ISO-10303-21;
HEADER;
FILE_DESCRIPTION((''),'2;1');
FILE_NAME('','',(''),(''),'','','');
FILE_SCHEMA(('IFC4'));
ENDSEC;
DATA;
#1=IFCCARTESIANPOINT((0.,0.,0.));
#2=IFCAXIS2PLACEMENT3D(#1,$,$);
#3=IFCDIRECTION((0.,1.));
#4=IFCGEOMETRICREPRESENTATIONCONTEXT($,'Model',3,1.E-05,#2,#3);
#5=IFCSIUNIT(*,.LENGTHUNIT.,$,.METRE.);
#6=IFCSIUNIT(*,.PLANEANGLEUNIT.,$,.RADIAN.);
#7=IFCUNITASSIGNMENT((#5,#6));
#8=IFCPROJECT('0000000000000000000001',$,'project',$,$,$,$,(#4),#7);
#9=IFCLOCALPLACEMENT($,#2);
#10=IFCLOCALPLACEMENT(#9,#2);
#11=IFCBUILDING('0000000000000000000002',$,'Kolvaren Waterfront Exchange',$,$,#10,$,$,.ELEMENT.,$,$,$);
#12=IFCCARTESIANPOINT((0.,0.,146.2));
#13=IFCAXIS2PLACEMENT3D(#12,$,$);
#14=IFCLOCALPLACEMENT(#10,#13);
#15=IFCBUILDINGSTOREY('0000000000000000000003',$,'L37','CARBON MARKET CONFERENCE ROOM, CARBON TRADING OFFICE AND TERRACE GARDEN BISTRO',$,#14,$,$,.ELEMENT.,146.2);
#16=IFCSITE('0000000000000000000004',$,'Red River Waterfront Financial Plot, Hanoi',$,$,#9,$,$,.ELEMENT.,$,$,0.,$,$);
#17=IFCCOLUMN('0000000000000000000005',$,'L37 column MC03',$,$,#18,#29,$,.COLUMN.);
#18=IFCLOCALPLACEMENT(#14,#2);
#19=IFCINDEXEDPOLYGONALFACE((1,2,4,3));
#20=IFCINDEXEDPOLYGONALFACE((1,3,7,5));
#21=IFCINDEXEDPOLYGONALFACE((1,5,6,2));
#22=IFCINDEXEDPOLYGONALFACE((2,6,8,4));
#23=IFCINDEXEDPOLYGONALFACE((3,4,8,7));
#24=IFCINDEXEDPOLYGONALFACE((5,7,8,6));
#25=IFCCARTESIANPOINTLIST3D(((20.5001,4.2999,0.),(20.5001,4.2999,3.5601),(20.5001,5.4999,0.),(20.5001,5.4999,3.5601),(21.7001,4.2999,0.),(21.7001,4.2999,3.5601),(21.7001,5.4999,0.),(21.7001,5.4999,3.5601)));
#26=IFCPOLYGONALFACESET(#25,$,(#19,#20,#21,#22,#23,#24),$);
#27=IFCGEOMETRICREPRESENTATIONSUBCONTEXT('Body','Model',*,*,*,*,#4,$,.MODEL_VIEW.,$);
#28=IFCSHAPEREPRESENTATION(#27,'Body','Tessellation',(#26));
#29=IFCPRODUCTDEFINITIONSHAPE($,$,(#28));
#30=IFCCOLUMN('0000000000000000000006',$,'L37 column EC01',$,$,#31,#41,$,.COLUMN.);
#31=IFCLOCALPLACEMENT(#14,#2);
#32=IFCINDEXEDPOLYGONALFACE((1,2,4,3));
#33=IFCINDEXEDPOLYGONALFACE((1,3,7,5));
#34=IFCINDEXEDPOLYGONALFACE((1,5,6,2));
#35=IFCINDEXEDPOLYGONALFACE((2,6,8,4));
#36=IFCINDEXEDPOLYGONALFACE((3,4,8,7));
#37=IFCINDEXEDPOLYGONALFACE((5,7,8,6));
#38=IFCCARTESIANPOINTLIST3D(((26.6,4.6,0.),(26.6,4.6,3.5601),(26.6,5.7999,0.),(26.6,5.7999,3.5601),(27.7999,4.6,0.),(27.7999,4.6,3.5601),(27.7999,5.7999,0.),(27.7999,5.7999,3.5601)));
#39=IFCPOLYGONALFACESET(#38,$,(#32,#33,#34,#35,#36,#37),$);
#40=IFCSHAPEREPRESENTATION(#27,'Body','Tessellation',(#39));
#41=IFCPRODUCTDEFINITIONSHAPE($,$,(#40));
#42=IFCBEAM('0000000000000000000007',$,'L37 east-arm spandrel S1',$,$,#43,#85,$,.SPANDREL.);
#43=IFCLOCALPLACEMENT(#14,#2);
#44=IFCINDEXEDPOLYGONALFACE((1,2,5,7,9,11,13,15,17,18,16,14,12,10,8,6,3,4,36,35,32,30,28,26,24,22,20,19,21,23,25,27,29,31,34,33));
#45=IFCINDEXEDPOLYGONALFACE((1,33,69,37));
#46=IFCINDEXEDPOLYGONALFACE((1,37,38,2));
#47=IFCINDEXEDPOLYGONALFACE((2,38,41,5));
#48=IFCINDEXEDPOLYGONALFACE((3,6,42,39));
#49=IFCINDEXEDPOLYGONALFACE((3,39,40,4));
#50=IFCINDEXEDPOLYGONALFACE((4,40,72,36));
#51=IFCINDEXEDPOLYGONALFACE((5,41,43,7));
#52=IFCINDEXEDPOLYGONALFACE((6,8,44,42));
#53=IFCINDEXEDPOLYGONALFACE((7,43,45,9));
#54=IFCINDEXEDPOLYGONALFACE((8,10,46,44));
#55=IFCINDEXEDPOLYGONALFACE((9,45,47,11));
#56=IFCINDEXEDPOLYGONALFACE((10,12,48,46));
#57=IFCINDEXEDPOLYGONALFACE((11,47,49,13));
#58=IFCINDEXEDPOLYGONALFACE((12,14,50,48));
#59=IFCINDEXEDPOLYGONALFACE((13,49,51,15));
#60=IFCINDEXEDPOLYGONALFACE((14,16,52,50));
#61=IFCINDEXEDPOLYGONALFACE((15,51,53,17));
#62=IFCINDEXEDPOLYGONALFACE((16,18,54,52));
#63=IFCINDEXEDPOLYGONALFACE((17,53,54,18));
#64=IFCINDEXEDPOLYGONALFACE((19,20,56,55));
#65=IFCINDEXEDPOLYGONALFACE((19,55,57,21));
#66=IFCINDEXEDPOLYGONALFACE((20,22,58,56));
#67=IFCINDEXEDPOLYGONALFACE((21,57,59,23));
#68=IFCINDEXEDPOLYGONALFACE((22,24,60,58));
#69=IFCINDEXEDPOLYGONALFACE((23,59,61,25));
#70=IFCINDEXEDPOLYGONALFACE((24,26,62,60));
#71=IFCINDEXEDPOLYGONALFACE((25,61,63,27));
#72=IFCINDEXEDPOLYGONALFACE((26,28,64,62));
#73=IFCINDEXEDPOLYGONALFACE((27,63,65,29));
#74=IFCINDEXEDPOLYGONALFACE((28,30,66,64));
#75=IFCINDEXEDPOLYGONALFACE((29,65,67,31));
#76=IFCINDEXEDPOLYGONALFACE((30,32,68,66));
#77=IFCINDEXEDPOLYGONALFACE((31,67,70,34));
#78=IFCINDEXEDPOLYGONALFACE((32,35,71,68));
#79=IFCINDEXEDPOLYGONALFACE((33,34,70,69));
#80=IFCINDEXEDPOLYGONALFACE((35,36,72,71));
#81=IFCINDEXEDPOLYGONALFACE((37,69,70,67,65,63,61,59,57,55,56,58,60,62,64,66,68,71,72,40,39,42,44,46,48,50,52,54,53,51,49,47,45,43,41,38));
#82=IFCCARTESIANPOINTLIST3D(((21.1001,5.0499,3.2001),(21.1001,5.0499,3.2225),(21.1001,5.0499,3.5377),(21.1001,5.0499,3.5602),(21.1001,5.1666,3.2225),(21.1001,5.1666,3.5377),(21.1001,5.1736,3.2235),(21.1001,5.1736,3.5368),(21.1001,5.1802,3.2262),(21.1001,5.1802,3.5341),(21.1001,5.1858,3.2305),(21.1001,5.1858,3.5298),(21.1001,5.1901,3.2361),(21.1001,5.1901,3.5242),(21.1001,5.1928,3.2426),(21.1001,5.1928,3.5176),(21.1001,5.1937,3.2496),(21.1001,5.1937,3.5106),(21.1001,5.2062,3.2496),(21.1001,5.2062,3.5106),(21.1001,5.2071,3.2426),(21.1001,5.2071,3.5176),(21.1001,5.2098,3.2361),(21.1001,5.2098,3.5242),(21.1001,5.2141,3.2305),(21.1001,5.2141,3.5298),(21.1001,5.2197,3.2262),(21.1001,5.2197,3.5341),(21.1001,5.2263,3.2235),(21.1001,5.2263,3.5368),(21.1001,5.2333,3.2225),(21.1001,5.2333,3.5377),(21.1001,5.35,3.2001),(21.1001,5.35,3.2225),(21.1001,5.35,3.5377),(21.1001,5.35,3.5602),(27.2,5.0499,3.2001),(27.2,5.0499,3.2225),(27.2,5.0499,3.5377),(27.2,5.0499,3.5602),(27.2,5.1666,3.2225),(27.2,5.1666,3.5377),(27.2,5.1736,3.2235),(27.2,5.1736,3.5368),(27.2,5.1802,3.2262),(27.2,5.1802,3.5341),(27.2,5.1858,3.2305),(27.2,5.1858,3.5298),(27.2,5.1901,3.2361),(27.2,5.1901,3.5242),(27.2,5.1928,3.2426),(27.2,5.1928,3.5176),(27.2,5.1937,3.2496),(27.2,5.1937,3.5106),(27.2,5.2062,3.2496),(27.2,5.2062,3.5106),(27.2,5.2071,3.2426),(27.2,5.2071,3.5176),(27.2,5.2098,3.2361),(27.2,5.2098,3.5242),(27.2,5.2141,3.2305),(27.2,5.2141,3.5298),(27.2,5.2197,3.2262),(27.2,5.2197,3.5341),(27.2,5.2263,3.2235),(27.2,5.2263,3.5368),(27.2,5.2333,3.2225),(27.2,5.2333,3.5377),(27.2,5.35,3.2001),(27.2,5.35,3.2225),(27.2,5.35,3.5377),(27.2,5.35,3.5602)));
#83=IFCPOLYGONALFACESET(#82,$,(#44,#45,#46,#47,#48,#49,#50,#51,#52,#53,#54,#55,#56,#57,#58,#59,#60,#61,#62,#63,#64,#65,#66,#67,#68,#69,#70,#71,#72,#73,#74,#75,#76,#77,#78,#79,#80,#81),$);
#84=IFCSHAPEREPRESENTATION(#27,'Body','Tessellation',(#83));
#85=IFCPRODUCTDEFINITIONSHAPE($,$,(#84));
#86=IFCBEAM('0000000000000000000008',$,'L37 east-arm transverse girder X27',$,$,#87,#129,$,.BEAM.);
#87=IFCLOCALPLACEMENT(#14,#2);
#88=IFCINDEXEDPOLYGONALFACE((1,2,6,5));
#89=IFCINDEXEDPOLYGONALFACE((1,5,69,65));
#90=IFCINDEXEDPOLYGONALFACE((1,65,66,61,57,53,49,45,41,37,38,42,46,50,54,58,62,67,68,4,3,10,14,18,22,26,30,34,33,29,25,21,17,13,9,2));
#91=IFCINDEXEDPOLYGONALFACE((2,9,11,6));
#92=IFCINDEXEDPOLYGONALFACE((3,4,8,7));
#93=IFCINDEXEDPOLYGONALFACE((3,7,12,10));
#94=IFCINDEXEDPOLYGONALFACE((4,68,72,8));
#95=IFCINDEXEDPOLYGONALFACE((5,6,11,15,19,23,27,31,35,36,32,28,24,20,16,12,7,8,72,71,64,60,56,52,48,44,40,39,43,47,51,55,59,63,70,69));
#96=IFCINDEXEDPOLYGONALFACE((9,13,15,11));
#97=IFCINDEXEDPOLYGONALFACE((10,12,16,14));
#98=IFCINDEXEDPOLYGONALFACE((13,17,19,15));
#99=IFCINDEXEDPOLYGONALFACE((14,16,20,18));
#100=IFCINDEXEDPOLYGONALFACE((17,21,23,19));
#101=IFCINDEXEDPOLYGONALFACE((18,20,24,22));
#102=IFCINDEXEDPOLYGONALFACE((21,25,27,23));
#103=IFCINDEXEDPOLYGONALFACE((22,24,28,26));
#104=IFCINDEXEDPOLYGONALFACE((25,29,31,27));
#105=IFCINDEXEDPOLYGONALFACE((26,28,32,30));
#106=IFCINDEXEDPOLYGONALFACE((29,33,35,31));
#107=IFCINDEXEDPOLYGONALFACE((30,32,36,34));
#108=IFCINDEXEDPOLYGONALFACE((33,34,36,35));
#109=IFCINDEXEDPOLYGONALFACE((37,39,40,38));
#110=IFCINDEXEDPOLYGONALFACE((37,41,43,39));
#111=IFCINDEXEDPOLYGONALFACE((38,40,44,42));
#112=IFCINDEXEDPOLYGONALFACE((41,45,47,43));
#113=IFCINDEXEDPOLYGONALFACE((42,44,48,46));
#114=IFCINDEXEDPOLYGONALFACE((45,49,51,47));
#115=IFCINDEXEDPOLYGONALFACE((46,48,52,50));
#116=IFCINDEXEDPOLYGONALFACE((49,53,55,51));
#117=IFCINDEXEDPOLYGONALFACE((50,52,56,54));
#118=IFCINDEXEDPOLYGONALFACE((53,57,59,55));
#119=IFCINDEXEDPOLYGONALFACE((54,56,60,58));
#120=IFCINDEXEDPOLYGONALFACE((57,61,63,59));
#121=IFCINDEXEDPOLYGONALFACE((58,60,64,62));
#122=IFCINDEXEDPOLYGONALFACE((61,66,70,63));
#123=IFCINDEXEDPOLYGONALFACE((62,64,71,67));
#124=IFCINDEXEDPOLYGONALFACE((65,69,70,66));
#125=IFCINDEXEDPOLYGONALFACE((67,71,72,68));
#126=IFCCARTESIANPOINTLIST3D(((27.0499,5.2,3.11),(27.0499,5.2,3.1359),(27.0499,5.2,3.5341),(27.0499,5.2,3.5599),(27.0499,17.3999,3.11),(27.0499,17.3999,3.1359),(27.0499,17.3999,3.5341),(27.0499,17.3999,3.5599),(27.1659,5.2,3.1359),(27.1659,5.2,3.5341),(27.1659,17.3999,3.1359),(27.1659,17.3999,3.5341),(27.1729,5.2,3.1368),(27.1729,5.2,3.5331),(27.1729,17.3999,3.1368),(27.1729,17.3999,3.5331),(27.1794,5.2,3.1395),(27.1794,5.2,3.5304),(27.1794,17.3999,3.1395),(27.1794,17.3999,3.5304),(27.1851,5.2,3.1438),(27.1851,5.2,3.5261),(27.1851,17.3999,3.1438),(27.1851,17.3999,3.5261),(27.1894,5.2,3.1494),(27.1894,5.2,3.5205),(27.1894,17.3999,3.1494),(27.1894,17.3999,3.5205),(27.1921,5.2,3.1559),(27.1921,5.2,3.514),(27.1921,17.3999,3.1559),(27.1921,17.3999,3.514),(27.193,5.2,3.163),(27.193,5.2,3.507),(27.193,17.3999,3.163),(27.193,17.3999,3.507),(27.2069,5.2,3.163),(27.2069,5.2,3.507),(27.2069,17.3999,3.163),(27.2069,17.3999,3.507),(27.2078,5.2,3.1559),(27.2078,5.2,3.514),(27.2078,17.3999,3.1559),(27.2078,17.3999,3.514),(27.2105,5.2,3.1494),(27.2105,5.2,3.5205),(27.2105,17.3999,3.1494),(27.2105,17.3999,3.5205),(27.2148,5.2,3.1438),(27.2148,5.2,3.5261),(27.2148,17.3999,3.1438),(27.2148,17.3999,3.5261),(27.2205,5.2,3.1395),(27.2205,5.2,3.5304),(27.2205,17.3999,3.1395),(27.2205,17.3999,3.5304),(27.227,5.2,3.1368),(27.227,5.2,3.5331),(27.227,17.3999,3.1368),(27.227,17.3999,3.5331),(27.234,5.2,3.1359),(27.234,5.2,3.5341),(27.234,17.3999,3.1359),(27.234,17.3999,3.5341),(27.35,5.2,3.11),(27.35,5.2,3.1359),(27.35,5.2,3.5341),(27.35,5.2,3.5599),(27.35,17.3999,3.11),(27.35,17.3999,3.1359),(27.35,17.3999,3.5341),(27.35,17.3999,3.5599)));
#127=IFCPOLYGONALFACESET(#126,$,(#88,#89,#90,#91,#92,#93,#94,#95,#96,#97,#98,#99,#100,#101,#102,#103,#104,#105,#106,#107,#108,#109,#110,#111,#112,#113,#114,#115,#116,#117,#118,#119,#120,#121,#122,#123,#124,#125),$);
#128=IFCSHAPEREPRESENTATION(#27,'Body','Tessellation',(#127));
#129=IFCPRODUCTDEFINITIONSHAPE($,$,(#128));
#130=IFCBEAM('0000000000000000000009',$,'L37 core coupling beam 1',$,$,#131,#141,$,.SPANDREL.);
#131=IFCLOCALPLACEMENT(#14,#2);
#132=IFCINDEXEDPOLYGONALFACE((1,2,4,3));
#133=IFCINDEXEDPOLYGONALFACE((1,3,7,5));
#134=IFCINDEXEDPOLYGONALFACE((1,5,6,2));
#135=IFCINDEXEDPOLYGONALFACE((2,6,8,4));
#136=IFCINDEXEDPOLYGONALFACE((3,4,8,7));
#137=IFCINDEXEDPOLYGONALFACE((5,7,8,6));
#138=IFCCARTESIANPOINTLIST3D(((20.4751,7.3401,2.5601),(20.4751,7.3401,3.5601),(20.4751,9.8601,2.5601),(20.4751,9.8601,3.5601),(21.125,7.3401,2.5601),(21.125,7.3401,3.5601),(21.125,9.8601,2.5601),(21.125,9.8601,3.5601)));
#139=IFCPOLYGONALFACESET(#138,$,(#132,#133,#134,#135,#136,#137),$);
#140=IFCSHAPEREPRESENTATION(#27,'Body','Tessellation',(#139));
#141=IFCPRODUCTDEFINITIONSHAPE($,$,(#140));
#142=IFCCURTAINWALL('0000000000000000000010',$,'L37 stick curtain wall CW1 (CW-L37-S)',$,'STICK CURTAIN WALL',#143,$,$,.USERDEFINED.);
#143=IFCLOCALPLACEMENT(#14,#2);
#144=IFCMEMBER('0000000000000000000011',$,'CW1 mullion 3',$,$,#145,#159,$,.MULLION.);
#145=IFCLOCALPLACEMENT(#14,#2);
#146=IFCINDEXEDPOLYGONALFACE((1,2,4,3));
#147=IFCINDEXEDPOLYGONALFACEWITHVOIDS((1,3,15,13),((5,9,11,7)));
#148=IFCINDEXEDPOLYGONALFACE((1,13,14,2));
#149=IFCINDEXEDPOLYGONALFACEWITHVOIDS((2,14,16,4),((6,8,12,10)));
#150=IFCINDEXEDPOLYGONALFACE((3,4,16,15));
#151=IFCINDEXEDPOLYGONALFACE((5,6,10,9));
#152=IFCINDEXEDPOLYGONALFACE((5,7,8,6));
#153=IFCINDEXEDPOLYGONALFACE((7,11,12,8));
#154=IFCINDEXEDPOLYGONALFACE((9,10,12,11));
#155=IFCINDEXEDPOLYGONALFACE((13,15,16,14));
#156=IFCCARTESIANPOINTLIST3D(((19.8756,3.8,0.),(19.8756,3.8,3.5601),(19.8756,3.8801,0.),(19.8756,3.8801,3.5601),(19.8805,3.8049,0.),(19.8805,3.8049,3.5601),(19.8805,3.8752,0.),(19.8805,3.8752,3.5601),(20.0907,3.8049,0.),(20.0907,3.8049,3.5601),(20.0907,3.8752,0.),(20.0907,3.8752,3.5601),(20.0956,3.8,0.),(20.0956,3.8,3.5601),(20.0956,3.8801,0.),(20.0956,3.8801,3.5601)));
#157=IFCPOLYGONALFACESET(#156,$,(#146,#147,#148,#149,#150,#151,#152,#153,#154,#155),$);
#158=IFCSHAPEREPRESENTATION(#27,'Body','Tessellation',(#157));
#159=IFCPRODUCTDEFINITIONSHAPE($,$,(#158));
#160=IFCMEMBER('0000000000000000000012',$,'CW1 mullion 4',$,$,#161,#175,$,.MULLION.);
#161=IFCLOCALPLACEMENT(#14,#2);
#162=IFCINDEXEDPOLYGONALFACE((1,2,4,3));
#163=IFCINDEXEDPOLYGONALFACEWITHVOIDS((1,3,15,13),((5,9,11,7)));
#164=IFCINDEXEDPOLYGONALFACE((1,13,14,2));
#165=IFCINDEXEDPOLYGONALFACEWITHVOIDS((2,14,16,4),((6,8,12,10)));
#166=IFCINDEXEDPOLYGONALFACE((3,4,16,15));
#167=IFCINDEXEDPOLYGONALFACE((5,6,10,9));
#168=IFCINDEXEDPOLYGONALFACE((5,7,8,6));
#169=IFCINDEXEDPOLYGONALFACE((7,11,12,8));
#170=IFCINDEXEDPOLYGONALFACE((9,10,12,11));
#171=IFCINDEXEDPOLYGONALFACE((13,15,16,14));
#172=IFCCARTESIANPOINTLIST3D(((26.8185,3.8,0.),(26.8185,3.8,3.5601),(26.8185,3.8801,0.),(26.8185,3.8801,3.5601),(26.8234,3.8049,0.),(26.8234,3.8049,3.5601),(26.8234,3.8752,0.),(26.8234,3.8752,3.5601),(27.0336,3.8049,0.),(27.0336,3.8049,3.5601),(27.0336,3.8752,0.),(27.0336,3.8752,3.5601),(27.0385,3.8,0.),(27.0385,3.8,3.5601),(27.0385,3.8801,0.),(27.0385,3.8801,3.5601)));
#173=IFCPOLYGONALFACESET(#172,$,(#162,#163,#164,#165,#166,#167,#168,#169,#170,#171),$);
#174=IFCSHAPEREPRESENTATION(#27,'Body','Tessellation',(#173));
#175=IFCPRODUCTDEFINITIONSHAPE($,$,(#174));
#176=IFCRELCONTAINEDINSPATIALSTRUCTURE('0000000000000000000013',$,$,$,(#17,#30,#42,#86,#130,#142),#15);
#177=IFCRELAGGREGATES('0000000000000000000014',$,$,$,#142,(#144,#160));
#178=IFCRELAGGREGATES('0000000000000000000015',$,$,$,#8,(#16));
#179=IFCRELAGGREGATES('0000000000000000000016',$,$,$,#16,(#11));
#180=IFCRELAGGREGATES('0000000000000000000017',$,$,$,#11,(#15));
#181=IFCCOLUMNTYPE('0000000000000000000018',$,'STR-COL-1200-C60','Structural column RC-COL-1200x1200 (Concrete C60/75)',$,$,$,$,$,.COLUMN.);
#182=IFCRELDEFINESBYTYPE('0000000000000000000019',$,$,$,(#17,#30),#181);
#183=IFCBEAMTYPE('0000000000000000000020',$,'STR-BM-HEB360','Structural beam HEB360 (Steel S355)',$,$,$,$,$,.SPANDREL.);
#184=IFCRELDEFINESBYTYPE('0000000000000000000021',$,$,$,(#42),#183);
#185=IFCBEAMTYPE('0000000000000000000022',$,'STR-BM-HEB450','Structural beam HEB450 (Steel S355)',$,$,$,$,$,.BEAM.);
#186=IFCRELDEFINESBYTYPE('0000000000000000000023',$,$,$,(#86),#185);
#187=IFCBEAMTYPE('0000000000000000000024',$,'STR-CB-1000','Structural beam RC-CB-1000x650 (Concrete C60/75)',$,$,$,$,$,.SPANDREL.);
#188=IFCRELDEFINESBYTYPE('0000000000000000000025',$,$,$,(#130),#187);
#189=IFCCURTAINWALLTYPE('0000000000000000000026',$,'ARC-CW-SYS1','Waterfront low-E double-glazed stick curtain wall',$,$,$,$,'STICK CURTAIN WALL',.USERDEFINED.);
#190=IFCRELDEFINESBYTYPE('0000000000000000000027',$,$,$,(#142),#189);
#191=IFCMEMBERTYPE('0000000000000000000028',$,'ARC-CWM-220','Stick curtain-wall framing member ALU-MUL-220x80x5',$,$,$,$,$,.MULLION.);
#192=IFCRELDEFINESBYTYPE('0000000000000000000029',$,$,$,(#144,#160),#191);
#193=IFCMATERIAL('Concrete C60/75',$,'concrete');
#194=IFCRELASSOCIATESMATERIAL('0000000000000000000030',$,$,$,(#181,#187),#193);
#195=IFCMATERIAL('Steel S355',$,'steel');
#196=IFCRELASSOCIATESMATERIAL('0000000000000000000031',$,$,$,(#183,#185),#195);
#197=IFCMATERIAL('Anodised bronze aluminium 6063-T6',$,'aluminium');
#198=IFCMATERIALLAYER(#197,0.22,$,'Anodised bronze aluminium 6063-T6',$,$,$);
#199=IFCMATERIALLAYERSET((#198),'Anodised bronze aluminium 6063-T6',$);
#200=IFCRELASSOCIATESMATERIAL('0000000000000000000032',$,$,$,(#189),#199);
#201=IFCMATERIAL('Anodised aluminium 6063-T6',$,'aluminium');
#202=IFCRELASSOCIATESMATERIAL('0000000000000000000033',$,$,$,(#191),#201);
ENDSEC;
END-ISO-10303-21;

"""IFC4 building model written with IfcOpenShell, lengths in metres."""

from ifc_helpers import new_model, si_unit, direction, frame, origin, origin_with_axes, origin_2d, place, context, subcontext, project, spatial, rectangle, hollow_rectangle, i_section, extrude, source, transform, mapped, material, layer, layer_set, material_profile, profile_set, type_object, element, aggregate, save


model = new_model("IFC4")

# Units and contexts
model_context = context("Model", 3, precision=1e-05, world=origin(), true_north=direction((0.0, 1.0)))
body_context = subcontext(model_context, "Body", "Model", "MODEL_VIEW")
ifc_project = project(units=[si_unit("LENGTHUNIT", "METRE"), si_unit("PLANEANGLEUNIT", "RADIAN")], contexts=[model_context])

# Site, building, storey
site_placement = place(None, origin())
site = spatial("IfcSite", under=ifc_project, at=site_placement, Name="Red River Waterfront Financial Plot, Hanoi", CompositionType="ELEMENT", RefElevation=0.0)
building_placement = place(site_placement, origin())
building = spatial("IfcBuilding", under=site, at=building_placement, Name="Kolvaren Waterfront Exchange", CompositionType="ELEMENT")
storey_placement = place(building_placement, frame((0.0, 0.0, 146.2)))
storey = spatial("IfcBuildingStorey", under=building, at=storey_placement, Name="L37", Description="CARBON MARKET CONFERENCE ROOM, CARBON TRADING OFFICE AND TERRACE GARDEN BISTRO", CompositionType="ELEMENT", Elevation=146.2)

# Columns
ifc_material_1 = material(Name="Concrete C60/75", Category="concrete")
ifc_material_profile_1 = material_profile(ifc_material_1, rectangle(XDim=1.2, YDim=1.2, at=origin_2d()), Name="RC-COL-1200x1200")
ifc_profile_set_1 = profile_set([ifc_material_profile_1], Name="Concrete C60/75")
column_type = type_object("IfcColumnType", Name="STR-COL-1200-C60", Description="Structural column RC-COL-1200x1200 (Concrete C60/75)", PredefinedType="COLUMN", material=ifc_profile_set_1)
for number, where, z_axis, x_axis, name in (
    (1, (21.1001, 4.8999, 0.0), (0.0, 0.0, 1.0), (1.0, 0.0, 0.0), "L37 column MC03"),
    (2, (27.2, 5.2, 0.0), (0.0, 0.0, 1.0), (1.0, 0.0, 0.0), "L37 column EC01"),
):
    element("IfcColumn", number, at=place(storey_placement, frame(where, z_axis=z_axis, x_axis=x_axis)), inside=storey, type_object=column_type, Name=name, PredefinedType="COLUMN", context=body_context, shape_type="SweptSolid", body=[
        extrude(rectangle(XDim=1.2, YDim=1.2, at=origin_2d()), origin(), (0.0, 0.0, 1.0), 3.5601),
    ])

# Beams
ifc_material_2 = material(Name="Steel S355", Category="steel")
ifc_material_profile_2 = material_profile(ifc_material_2, i_section(OverallWidth=0.3, OverallDepth=0.3601, WebThickness=0.0125, FlangeThickness=0.0225, FilletRadius=0.0271, at=origin_2d()), Name="HEB360")
ifc_profile_set_2 = profile_set([ifc_material_profile_2], Name="Steel S355")
beam_type_1 = type_object("IfcBeamType", Name="STR-BM-HEB360", Description="Structural beam HEB360 (Steel S355)", PredefinedType="SPANDREL", material=ifc_profile_set_2)
beam_1_placement = place(storey_placement, frame((21.1001, 5.2, 3.3801), z_axis=(1.0, 0.0, 0.0), x_axis=(0.0, 1.0, 0.0)))
element("IfcBeam", 3, at=beam_1_placement, inside=storey, type_object=beam_type_1, Name="L37 east-arm spandrel S1", PredefinedType="SPANDREL", context=body_context, shape_type="SweptSolid", body=[
    extrude(i_section(OverallWidth=0.3, OverallDepth=0.3601, WebThickness=0.0125, FlangeThickness=0.0225, FilletRadius=0.0271, at=origin_2d()), origin(), (0.0, 0.0, 1.0), 6.0999),
])
ifc_material_profile_3 = material_profile(ifc_material_2, i_section(OverallWidth=0.3, OverallDepth=0.45, WebThickness=0.0139, FlangeThickness=0.0259, FilletRadius=0.0271, at=origin_2d()), Name="HEB450")
ifc_profile_set_3 = profile_set([ifc_material_profile_3], Name="Steel S355")
beam_type_2 = type_object("IfcBeamType", Name="STR-BM-HEB450", Description="Structural beam HEB450 (Steel S355)", PredefinedType="BEAM", material=ifc_profile_set_3)
beam_2_placement = place(storey_placement, frame((27.2, 5.2, 3.335), z_axis=(0.0, 1.0, 0.0), x_axis=(-1.0, 0.0, 0.0)))
element("IfcBeam", 4, at=beam_2_placement, inside=storey, type_object=beam_type_2, Name="L37 east-arm transverse girder X27", PredefinedType="BEAM", context=body_context, shape_type="SweptSolid", body=[
    extrude(i_section(OverallWidth=0.3, OverallDepth=0.45, WebThickness=0.0139, FlangeThickness=0.0259, FilletRadius=0.0271, at=origin_2d()), origin(), (0.0, 0.0, 1.0), 12.2),
])
ifc_material_profile_4 = material_profile(ifc_material_1, rectangle(XDim=0.6499, YDim=1.0, at=origin_2d()), Name="RC-CB-1000x650")
ifc_profile_set_4 = profile_set([ifc_material_profile_4], Name="Concrete C60/75")
beam_type_3 = type_object("IfcBeamType", Name="STR-CB-1000", Description="Structural beam RC-CB-1000x650 (Concrete C60/75)", PredefinedType="SPANDREL", material=ifc_profile_set_4)
beam_3_placement = place(storey_placement, frame((20.8, 7.3401, 3.0601), z_axis=(0.0, 1.0, 0.0), x_axis=(-1.0, 0.0, 0.0)))
element("IfcBeam", 5, at=beam_3_placement, inside=storey, type_object=beam_type_3, Name="L37 core coupling beam 1", PredefinedType="SPANDREL", context=body_context, shape_type="SweptSolid", body=[
    extrude(rectangle(XDim=0.6499, YDim=1.0, at=origin_2d()), origin(), (0.0, 0.0, 1.0), 2.52),
])

# Curtain wall, members
ifc_material_3 = material(Name="Anodised bronze aluminium 6063-T6", Category="aluminium")
ifc_layer_1 = layer(ifc_material_3, 0.22, Name="Anodised bronze aluminium 6063-T6")
ifc_layer_set_1 = layer_set([ifc_layer_1], Name="Anodised bronze aluminium 6063-T6")
curtain_wall_type = type_object("IfcCurtainWallType", Name="ARC-CW-SYS1", Description="Waterfront low-E double-glazed stick curtain wall", ElementType="STICK CURTAIN WALL", PredefinedType="USERDEFINED", material=ifc_layer_set_1)
curtain_wall_placement = place(storey_placement, origin())
curtain_wall = element("IfcCurtainWall", 6, at=curtain_wall_placement, inside=storey, type_object=curtain_wall_type, Name="L37 stick curtain wall CW1 (CW-L37-S)", ObjectType="STICK CURTAIN WALL", PredefinedType="USERDEFINED")
ifc_material_4 = material(Name="Anodised aluminium 6063-T6", Category="aluminium")
ifc_material_profile_5 = material_profile(ifc_material_4, hollow_rectangle(XDim=0.0801, YDim=0.22, WallThickness=0.0049, at=origin_2d()), Name="ALU-MUL-220x80x5")
ifc_profile_set_5 = profile_set([ifc_material_profile_5], Name="Anodised aluminium 6063-T6")
member_type_1 = type_object("IfcMemberType", Name="ARC-CWM-220", Description="Stick curtain-wall framing member ALU-MUL-220x80x5", PredefinedType="MULLION", material=ifc_profile_set_5)
shared_shape_1 = source(origin_with_axes(), body_context, "Body", "SweptSolid", [
    extrude(hollow_rectangle(XDim=0.0801, YDim=0.22, WallThickness=0.0049, at=origin_2d()), origin(), (0.0, 0.0, 1.0), 3.5601),
])
member_1_placement = place(storey_placement, frame((19.9856, 3.8401, 0.0), z_axis=(0.0, 0.0, 1.0), x_axis=(0.0, 1.0, 0.0)))
member_1 = element("IfcMember", 7, at=member_1_placement, type_object=member_type_1, Name="CW1 mullion 3", PredefinedType="MULLION", context=body_context, shape_type="MappedRepresentation", body=[
    mapped(shared_shape_1, transform((0.0, 0.0, 0.0), x_axis=(1.0, 0.0, 0.0), y_axis=(0.0, 1.0, 0.0), z_axis=(0.0, 0.0, 1.0), scale=1.0)),
])
member_2_placement = place(storey_placement, frame((26.9285, 3.8401, 0.0), z_axis=(0.0, 0.0, 1.0), x_axis=(0.0, 1.0, 0.0)))
member_2 = element("IfcMember", 8, at=member_2_placement, type_object=member_type_1, Name="CW1 mullion 4", PredefinedType="MULLION", context=body_context, shape_type="MappedRepresentation", body=[
    mapped(shared_shape_1, transform((0.0, 0.0, 0.0), x_axis=(1.0, 0.0, 0.0), y_axis=(0.0, 1.0, 0.0), z_axis=(0.0, 0.0, 1.0), scale=1.0)),
])
aggregate(curtain_wall, [member_1, member_2])

save(model, "model.ifc")
